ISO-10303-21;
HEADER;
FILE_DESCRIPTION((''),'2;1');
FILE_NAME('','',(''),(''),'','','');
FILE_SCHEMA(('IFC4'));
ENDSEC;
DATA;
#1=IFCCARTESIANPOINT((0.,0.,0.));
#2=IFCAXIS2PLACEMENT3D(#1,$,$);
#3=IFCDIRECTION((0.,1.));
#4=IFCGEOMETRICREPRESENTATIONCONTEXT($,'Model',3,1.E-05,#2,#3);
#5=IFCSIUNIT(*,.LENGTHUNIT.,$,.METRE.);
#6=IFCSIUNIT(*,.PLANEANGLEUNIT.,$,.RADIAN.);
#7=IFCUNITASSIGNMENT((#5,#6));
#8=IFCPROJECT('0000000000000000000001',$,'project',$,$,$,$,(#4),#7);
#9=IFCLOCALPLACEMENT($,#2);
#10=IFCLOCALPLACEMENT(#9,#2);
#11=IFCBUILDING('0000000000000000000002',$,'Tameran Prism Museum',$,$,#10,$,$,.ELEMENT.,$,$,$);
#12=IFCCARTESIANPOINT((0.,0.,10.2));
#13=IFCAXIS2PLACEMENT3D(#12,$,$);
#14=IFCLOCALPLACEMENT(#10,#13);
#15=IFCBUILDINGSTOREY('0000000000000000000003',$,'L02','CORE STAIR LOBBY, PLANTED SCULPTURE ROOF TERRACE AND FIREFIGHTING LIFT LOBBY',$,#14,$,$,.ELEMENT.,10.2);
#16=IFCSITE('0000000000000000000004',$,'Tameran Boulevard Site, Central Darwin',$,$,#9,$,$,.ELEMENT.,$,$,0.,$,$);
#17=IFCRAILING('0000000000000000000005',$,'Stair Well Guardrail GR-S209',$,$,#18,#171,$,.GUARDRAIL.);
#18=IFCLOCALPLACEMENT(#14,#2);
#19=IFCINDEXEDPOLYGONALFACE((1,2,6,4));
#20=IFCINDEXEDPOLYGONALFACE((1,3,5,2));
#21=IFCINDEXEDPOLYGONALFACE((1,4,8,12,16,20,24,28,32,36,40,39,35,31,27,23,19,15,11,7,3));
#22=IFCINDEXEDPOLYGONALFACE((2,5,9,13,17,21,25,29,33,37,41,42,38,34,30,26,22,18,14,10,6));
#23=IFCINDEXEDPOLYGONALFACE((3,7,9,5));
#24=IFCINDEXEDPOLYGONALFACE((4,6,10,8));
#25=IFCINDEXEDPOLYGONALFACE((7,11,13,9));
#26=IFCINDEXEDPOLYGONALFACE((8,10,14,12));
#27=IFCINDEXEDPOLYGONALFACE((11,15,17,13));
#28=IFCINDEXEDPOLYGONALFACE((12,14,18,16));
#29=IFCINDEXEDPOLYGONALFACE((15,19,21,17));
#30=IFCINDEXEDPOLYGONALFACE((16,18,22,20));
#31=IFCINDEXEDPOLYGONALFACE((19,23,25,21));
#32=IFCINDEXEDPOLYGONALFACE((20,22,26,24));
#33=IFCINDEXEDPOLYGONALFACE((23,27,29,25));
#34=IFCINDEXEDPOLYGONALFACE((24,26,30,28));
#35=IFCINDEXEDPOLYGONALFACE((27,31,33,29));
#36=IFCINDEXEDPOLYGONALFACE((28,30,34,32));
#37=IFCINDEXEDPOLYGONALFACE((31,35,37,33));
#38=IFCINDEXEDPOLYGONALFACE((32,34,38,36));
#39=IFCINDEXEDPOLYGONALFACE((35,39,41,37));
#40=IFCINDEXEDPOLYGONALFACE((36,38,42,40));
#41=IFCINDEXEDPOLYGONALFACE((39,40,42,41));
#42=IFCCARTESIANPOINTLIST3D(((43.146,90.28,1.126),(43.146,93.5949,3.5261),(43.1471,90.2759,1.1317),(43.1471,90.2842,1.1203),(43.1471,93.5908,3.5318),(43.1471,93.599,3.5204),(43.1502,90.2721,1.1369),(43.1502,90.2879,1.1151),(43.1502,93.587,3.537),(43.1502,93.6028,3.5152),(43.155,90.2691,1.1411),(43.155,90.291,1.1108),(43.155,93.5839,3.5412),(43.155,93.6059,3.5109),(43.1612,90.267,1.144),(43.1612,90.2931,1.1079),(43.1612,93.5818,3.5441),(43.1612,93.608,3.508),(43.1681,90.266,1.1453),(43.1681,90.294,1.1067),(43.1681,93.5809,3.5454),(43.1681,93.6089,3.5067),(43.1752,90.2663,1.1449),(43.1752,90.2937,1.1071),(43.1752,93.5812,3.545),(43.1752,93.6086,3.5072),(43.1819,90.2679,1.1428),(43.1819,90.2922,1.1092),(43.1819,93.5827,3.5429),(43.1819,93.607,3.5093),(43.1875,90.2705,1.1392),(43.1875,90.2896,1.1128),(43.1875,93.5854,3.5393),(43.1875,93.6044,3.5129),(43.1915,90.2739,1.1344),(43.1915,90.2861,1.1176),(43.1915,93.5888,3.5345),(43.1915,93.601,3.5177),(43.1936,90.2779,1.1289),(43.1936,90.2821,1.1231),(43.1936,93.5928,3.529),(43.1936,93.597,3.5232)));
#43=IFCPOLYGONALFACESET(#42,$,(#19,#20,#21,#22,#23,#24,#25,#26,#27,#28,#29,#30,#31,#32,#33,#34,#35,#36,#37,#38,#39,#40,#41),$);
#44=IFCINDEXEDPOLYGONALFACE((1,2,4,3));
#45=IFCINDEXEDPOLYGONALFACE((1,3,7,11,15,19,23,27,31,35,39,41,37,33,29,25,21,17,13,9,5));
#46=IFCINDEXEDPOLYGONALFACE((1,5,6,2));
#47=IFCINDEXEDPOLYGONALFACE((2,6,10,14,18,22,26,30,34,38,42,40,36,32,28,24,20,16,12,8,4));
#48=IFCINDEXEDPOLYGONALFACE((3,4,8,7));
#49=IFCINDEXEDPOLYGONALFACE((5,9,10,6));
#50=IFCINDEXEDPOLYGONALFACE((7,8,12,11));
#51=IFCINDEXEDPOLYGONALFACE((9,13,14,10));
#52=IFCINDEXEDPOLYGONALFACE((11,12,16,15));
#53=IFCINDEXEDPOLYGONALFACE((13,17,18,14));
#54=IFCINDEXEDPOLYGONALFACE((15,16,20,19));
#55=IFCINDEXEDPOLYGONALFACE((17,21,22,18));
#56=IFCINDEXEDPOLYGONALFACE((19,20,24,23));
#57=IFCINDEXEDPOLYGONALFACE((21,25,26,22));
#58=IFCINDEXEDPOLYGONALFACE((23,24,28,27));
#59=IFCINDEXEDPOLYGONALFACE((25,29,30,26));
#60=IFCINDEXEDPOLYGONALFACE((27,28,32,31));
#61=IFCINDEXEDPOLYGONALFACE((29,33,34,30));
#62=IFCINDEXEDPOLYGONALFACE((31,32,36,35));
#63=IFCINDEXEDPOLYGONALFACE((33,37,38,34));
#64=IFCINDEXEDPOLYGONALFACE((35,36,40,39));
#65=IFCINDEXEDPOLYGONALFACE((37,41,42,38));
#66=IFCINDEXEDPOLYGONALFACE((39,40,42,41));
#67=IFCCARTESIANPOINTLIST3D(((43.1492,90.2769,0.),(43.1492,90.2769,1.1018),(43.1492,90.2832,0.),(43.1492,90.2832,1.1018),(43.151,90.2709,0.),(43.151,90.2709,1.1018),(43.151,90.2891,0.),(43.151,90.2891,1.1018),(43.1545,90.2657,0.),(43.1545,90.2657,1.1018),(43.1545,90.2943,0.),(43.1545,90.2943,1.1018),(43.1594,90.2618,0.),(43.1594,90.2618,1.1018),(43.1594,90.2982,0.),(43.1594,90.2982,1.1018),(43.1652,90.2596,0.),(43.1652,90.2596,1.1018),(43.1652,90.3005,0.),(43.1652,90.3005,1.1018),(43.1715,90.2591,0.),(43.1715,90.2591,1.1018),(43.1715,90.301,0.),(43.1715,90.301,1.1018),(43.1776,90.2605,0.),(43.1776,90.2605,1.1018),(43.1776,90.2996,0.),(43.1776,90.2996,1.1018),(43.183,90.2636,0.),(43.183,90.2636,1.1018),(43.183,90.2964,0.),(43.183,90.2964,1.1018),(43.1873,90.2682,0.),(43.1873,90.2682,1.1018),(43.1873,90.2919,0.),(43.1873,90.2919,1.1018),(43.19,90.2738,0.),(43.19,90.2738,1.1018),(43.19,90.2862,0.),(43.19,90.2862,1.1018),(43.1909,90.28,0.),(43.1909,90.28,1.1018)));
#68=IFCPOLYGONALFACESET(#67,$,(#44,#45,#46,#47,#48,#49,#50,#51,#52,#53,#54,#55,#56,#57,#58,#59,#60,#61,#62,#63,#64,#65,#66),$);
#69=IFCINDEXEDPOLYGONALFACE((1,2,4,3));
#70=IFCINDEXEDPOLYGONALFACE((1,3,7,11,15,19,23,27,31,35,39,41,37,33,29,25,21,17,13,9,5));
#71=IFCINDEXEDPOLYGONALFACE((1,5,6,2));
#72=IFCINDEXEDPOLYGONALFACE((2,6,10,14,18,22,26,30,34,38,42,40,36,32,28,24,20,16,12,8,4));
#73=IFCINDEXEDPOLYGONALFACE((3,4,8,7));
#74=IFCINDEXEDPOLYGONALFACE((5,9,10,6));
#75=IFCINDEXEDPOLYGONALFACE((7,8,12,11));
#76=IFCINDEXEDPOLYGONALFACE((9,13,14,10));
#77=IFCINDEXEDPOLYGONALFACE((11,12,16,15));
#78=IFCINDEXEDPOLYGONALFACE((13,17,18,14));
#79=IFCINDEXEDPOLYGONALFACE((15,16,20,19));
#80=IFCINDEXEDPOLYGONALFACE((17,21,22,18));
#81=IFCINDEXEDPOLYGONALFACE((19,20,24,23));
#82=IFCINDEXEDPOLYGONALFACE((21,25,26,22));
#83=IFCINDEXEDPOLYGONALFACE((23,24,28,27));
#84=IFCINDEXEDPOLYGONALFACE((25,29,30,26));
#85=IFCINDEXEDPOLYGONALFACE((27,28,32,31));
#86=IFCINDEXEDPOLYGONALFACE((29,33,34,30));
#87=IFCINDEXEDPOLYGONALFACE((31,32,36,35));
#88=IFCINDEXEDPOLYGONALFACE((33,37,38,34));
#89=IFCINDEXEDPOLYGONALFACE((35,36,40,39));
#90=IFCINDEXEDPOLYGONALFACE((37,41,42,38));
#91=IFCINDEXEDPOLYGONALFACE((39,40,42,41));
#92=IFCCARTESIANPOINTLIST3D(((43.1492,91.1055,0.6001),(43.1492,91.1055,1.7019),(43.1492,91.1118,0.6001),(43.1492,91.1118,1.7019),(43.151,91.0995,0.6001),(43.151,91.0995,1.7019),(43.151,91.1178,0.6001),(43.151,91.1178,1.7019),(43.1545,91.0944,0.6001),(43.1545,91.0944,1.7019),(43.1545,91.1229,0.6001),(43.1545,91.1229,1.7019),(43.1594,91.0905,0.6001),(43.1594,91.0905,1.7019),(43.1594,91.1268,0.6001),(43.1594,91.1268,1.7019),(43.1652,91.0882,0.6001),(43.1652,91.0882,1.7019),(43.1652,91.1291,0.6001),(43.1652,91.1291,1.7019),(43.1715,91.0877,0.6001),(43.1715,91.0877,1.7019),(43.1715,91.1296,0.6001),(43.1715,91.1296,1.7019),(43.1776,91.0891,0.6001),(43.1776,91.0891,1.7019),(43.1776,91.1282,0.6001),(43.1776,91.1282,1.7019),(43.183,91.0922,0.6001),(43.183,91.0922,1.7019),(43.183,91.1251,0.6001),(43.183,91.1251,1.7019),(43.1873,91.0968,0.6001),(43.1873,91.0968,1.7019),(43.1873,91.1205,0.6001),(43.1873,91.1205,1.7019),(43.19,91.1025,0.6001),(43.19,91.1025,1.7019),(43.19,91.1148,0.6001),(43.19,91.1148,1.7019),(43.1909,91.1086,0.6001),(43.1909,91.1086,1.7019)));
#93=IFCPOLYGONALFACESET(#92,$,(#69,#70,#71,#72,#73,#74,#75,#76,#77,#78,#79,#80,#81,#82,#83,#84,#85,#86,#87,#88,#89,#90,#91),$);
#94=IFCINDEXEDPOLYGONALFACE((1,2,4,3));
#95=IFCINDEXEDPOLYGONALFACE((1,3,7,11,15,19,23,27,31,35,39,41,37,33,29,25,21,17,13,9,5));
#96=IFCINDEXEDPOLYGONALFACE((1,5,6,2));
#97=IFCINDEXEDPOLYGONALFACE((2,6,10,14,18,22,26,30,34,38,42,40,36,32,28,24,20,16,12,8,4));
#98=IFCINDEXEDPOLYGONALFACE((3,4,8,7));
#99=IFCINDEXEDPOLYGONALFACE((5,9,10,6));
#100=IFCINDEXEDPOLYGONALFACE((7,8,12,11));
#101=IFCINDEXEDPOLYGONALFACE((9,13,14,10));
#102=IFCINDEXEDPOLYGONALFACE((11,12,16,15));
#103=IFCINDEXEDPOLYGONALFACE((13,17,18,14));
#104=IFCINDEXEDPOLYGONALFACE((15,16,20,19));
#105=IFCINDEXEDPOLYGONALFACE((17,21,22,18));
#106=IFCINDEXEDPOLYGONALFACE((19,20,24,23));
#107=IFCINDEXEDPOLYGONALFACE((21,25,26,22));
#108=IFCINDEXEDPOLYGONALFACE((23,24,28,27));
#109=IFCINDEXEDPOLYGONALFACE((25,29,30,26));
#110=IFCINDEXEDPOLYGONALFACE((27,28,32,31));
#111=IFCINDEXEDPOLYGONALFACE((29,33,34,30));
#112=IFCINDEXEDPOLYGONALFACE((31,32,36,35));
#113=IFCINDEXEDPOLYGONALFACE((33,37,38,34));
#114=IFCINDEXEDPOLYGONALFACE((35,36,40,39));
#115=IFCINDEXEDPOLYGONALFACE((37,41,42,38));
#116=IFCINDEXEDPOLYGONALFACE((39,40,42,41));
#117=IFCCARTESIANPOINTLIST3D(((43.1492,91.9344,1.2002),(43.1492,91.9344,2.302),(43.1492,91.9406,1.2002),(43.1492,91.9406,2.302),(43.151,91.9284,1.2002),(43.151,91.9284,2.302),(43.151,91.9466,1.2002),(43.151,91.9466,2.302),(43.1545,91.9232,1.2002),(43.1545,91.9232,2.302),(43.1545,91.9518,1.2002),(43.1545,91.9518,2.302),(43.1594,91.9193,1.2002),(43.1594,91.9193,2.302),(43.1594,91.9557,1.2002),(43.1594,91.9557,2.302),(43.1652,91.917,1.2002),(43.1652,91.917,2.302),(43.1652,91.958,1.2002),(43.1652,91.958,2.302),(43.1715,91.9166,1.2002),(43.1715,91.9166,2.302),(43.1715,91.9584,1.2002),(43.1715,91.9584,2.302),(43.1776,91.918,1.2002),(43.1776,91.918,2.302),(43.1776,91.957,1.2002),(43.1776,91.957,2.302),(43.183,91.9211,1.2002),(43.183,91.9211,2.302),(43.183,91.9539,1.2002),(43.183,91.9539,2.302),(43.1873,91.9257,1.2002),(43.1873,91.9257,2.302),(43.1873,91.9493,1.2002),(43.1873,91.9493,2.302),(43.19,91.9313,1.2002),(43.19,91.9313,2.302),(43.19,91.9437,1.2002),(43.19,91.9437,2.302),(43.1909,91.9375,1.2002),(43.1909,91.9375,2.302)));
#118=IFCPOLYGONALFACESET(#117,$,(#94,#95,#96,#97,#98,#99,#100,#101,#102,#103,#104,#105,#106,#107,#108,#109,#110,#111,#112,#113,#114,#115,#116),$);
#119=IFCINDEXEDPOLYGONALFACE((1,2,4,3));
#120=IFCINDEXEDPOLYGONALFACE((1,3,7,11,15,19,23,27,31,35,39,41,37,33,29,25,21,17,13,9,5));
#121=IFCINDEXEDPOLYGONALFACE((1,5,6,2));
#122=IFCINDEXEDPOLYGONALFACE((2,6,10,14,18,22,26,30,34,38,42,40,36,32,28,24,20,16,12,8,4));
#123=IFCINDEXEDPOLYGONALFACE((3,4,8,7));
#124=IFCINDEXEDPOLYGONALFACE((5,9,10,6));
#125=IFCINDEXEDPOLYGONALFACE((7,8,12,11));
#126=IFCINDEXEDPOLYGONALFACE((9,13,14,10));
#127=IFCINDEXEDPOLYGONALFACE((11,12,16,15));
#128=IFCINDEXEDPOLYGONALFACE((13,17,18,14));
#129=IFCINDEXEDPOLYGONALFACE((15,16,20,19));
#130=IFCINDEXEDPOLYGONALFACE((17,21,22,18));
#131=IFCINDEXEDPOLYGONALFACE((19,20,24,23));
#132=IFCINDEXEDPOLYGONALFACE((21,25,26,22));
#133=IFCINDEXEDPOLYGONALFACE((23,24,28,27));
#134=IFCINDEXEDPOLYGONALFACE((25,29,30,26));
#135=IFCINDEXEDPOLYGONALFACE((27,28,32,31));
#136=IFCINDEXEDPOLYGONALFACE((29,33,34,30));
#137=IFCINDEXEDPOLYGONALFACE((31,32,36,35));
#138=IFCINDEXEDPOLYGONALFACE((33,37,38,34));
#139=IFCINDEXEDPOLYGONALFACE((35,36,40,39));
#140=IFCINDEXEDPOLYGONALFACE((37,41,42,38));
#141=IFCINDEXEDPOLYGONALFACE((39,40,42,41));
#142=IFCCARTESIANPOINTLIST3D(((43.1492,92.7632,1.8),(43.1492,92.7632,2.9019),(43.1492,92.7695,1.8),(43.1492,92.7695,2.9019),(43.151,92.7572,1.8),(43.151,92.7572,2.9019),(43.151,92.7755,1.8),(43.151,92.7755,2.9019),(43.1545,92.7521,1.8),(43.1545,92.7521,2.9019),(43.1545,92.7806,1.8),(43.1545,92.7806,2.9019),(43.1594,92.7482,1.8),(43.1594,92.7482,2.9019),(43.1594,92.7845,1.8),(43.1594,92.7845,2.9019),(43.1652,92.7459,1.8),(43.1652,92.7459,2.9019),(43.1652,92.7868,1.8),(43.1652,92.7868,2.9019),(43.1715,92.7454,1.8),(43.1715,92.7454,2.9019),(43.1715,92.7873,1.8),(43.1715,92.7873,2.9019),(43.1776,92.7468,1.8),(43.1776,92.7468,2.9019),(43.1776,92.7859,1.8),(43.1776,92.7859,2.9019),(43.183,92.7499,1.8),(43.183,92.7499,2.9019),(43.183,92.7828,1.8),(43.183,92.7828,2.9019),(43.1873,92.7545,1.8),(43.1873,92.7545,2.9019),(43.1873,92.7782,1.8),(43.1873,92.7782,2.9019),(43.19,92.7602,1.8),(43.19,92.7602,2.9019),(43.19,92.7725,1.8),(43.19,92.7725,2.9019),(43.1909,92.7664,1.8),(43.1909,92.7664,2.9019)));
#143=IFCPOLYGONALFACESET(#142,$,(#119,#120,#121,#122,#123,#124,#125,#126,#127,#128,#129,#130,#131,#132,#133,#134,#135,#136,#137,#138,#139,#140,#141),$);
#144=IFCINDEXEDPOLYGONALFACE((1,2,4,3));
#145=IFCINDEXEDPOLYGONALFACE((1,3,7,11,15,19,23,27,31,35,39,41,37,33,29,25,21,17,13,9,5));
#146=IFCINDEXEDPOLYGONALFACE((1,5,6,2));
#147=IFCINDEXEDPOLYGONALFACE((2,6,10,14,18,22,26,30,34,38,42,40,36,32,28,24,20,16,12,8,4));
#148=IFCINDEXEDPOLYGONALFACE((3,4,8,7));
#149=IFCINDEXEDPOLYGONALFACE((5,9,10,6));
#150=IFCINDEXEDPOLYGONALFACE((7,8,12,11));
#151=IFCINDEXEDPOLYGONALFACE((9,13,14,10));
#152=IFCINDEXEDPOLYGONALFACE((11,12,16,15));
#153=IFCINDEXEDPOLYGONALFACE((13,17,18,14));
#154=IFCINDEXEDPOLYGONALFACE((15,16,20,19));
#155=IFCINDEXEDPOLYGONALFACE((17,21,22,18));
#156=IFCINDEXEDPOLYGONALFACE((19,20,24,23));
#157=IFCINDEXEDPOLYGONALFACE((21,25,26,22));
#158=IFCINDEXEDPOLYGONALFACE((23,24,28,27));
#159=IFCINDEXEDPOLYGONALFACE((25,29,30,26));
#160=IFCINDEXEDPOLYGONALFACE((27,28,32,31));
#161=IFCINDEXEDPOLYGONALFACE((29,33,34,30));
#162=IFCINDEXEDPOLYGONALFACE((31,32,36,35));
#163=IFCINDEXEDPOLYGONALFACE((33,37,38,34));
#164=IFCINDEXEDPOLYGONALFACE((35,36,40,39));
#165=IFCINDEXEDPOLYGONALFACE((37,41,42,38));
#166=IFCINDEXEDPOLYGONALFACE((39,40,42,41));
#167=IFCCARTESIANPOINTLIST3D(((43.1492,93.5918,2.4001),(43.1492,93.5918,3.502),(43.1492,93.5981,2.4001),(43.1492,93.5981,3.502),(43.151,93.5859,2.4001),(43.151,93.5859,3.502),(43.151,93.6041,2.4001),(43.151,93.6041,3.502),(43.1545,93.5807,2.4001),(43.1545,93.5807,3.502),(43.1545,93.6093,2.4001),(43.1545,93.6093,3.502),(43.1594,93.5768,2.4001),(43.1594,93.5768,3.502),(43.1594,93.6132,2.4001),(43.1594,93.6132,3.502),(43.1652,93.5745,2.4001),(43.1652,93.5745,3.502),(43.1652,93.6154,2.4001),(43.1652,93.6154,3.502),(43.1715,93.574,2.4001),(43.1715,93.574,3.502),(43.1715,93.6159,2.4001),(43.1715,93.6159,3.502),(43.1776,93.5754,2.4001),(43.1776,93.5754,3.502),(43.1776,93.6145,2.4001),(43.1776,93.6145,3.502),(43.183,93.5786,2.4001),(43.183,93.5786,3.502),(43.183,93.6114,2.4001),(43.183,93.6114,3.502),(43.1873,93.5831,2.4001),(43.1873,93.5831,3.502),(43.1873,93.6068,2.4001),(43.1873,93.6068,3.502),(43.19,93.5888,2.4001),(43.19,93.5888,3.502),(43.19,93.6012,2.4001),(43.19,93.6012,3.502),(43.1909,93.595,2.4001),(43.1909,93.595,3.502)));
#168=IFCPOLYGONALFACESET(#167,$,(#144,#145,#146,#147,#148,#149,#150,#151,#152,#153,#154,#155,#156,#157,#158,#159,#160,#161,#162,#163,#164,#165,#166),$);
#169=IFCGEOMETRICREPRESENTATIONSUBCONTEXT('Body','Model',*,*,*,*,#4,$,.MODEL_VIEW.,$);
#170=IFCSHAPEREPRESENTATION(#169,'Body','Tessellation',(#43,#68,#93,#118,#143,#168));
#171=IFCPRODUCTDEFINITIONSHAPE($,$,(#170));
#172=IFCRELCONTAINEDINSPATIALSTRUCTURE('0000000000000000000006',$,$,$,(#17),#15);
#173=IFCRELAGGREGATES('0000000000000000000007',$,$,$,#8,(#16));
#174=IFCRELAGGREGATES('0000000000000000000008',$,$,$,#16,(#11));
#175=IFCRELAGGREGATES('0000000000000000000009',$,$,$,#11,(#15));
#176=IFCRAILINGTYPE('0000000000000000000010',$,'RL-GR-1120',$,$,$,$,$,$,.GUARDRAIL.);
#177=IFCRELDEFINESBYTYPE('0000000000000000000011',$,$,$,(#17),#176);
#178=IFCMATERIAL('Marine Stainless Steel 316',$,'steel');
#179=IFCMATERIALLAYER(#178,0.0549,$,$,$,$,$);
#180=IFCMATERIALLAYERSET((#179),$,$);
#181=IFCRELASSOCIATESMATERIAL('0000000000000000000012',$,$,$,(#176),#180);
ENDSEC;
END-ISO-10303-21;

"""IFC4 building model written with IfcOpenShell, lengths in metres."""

from ifc_helpers import new_model, si_unit, direction, frame, origin, origin_2d, place, context, subcontext, project, spatial, circle, extrude, material, layer, layer_set, type_object, element, save


model = new_model("IFC4")

# Units and contexts
model_context = context("Model", 3, precision=1e-05, world=origin(), true_north=direction((0.0, 1.0)))
body_context = subcontext(model_context, "Body", "Model", "MODEL_VIEW")
ifc_project = project(units=[si_unit("LENGTHUNIT", "METRE"), si_unit("PLANEANGLEUNIT", "RADIAN")], contexts=[model_context])

# Site, building, storey
site_placement = place(None, origin())
site = spatial("IfcSite", under=ifc_project, at=site_placement, Name="Tameran Boulevard Site, Central Darwin", CompositionType="ELEMENT", RefElevation=0.0)
building_placement = place(site_placement, origin())
building = spatial("IfcBuilding", under=site, at=building_placement, Name="Tameran Prism Museum", CompositionType="ELEMENT")
storey_placement = place(building_placement, frame((0.0, 0.0, 10.2)))
storey = spatial("IfcBuildingStorey", under=building, at=storey_placement, Name="L02", Description="CORE STAIR LOBBY, PLANTED SCULPTURE ROOF TERRACE AND FIREFIGHTING LIFT LOBBY", CompositionType="ELEMENT", Elevation=10.2)

# Railing
ifc_material_1 = material(Name="Marine Stainless Steel 316", Category="steel")
ifc_layer_1 = layer(ifc_material_1, 0.0549)
ifc_layer_set_1 = layer_set([ifc_layer_1])
railing_type_1 = type_object("IfcRailingType", Name="RL-GR-1120", PredefinedType="GUARDRAIL", material=ifc_layer_set_1)
railing_1_placement = place(storey_placement, frame((43.1699, 90.28, 0.0)))
element("IfcRailing", 1, at=railing_1_placement, inside=storey, type_object=railing_type_1, Name="Stair Well Guardrail GR-S209", PredefinedType="GUARDRAIL", context=body_context, shape_type="SweptSolid", body=[
    extrude(circle(Radius=0.0239, at=origin_2d()), frame((0.0, 0.0, 1.126), z_axis=(0.0, 0.80998, 0.586457), x_axis=(-1.0, 0.0, 0.0)), (0.0, 0.0, 1.0), 4.0925),
    extrude(circle(Radius=0.021, at=origin_2d()), origin(), (0.0, 0.0, 1.0), 1.1018),
    extrude(circle(Radius=0.021, at=origin_2d()), frame((0.0, 0.8286, 0.6001)), (0.0, 0.0, 1.0), 1.1018),
    extrude(circle(Radius=0.021, at=origin_2d()), frame((0.0, 1.6575, 1.2002)), (0.0, 0.0, 1.0), 1.1018),
    extrude(circle(Radius=0.021, at=origin_2d()), frame((0.0, 2.4863, 1.8)), (0.0, 0.0, 1.0), 1.1018),
    extrude(circle(Radius=0.021, at=origin_2d()), frame((0.0, 3.3149, 2.4001)), (0.0, 0.0, 1.0), 1.1018),
])

save(model, "model.ifc")
